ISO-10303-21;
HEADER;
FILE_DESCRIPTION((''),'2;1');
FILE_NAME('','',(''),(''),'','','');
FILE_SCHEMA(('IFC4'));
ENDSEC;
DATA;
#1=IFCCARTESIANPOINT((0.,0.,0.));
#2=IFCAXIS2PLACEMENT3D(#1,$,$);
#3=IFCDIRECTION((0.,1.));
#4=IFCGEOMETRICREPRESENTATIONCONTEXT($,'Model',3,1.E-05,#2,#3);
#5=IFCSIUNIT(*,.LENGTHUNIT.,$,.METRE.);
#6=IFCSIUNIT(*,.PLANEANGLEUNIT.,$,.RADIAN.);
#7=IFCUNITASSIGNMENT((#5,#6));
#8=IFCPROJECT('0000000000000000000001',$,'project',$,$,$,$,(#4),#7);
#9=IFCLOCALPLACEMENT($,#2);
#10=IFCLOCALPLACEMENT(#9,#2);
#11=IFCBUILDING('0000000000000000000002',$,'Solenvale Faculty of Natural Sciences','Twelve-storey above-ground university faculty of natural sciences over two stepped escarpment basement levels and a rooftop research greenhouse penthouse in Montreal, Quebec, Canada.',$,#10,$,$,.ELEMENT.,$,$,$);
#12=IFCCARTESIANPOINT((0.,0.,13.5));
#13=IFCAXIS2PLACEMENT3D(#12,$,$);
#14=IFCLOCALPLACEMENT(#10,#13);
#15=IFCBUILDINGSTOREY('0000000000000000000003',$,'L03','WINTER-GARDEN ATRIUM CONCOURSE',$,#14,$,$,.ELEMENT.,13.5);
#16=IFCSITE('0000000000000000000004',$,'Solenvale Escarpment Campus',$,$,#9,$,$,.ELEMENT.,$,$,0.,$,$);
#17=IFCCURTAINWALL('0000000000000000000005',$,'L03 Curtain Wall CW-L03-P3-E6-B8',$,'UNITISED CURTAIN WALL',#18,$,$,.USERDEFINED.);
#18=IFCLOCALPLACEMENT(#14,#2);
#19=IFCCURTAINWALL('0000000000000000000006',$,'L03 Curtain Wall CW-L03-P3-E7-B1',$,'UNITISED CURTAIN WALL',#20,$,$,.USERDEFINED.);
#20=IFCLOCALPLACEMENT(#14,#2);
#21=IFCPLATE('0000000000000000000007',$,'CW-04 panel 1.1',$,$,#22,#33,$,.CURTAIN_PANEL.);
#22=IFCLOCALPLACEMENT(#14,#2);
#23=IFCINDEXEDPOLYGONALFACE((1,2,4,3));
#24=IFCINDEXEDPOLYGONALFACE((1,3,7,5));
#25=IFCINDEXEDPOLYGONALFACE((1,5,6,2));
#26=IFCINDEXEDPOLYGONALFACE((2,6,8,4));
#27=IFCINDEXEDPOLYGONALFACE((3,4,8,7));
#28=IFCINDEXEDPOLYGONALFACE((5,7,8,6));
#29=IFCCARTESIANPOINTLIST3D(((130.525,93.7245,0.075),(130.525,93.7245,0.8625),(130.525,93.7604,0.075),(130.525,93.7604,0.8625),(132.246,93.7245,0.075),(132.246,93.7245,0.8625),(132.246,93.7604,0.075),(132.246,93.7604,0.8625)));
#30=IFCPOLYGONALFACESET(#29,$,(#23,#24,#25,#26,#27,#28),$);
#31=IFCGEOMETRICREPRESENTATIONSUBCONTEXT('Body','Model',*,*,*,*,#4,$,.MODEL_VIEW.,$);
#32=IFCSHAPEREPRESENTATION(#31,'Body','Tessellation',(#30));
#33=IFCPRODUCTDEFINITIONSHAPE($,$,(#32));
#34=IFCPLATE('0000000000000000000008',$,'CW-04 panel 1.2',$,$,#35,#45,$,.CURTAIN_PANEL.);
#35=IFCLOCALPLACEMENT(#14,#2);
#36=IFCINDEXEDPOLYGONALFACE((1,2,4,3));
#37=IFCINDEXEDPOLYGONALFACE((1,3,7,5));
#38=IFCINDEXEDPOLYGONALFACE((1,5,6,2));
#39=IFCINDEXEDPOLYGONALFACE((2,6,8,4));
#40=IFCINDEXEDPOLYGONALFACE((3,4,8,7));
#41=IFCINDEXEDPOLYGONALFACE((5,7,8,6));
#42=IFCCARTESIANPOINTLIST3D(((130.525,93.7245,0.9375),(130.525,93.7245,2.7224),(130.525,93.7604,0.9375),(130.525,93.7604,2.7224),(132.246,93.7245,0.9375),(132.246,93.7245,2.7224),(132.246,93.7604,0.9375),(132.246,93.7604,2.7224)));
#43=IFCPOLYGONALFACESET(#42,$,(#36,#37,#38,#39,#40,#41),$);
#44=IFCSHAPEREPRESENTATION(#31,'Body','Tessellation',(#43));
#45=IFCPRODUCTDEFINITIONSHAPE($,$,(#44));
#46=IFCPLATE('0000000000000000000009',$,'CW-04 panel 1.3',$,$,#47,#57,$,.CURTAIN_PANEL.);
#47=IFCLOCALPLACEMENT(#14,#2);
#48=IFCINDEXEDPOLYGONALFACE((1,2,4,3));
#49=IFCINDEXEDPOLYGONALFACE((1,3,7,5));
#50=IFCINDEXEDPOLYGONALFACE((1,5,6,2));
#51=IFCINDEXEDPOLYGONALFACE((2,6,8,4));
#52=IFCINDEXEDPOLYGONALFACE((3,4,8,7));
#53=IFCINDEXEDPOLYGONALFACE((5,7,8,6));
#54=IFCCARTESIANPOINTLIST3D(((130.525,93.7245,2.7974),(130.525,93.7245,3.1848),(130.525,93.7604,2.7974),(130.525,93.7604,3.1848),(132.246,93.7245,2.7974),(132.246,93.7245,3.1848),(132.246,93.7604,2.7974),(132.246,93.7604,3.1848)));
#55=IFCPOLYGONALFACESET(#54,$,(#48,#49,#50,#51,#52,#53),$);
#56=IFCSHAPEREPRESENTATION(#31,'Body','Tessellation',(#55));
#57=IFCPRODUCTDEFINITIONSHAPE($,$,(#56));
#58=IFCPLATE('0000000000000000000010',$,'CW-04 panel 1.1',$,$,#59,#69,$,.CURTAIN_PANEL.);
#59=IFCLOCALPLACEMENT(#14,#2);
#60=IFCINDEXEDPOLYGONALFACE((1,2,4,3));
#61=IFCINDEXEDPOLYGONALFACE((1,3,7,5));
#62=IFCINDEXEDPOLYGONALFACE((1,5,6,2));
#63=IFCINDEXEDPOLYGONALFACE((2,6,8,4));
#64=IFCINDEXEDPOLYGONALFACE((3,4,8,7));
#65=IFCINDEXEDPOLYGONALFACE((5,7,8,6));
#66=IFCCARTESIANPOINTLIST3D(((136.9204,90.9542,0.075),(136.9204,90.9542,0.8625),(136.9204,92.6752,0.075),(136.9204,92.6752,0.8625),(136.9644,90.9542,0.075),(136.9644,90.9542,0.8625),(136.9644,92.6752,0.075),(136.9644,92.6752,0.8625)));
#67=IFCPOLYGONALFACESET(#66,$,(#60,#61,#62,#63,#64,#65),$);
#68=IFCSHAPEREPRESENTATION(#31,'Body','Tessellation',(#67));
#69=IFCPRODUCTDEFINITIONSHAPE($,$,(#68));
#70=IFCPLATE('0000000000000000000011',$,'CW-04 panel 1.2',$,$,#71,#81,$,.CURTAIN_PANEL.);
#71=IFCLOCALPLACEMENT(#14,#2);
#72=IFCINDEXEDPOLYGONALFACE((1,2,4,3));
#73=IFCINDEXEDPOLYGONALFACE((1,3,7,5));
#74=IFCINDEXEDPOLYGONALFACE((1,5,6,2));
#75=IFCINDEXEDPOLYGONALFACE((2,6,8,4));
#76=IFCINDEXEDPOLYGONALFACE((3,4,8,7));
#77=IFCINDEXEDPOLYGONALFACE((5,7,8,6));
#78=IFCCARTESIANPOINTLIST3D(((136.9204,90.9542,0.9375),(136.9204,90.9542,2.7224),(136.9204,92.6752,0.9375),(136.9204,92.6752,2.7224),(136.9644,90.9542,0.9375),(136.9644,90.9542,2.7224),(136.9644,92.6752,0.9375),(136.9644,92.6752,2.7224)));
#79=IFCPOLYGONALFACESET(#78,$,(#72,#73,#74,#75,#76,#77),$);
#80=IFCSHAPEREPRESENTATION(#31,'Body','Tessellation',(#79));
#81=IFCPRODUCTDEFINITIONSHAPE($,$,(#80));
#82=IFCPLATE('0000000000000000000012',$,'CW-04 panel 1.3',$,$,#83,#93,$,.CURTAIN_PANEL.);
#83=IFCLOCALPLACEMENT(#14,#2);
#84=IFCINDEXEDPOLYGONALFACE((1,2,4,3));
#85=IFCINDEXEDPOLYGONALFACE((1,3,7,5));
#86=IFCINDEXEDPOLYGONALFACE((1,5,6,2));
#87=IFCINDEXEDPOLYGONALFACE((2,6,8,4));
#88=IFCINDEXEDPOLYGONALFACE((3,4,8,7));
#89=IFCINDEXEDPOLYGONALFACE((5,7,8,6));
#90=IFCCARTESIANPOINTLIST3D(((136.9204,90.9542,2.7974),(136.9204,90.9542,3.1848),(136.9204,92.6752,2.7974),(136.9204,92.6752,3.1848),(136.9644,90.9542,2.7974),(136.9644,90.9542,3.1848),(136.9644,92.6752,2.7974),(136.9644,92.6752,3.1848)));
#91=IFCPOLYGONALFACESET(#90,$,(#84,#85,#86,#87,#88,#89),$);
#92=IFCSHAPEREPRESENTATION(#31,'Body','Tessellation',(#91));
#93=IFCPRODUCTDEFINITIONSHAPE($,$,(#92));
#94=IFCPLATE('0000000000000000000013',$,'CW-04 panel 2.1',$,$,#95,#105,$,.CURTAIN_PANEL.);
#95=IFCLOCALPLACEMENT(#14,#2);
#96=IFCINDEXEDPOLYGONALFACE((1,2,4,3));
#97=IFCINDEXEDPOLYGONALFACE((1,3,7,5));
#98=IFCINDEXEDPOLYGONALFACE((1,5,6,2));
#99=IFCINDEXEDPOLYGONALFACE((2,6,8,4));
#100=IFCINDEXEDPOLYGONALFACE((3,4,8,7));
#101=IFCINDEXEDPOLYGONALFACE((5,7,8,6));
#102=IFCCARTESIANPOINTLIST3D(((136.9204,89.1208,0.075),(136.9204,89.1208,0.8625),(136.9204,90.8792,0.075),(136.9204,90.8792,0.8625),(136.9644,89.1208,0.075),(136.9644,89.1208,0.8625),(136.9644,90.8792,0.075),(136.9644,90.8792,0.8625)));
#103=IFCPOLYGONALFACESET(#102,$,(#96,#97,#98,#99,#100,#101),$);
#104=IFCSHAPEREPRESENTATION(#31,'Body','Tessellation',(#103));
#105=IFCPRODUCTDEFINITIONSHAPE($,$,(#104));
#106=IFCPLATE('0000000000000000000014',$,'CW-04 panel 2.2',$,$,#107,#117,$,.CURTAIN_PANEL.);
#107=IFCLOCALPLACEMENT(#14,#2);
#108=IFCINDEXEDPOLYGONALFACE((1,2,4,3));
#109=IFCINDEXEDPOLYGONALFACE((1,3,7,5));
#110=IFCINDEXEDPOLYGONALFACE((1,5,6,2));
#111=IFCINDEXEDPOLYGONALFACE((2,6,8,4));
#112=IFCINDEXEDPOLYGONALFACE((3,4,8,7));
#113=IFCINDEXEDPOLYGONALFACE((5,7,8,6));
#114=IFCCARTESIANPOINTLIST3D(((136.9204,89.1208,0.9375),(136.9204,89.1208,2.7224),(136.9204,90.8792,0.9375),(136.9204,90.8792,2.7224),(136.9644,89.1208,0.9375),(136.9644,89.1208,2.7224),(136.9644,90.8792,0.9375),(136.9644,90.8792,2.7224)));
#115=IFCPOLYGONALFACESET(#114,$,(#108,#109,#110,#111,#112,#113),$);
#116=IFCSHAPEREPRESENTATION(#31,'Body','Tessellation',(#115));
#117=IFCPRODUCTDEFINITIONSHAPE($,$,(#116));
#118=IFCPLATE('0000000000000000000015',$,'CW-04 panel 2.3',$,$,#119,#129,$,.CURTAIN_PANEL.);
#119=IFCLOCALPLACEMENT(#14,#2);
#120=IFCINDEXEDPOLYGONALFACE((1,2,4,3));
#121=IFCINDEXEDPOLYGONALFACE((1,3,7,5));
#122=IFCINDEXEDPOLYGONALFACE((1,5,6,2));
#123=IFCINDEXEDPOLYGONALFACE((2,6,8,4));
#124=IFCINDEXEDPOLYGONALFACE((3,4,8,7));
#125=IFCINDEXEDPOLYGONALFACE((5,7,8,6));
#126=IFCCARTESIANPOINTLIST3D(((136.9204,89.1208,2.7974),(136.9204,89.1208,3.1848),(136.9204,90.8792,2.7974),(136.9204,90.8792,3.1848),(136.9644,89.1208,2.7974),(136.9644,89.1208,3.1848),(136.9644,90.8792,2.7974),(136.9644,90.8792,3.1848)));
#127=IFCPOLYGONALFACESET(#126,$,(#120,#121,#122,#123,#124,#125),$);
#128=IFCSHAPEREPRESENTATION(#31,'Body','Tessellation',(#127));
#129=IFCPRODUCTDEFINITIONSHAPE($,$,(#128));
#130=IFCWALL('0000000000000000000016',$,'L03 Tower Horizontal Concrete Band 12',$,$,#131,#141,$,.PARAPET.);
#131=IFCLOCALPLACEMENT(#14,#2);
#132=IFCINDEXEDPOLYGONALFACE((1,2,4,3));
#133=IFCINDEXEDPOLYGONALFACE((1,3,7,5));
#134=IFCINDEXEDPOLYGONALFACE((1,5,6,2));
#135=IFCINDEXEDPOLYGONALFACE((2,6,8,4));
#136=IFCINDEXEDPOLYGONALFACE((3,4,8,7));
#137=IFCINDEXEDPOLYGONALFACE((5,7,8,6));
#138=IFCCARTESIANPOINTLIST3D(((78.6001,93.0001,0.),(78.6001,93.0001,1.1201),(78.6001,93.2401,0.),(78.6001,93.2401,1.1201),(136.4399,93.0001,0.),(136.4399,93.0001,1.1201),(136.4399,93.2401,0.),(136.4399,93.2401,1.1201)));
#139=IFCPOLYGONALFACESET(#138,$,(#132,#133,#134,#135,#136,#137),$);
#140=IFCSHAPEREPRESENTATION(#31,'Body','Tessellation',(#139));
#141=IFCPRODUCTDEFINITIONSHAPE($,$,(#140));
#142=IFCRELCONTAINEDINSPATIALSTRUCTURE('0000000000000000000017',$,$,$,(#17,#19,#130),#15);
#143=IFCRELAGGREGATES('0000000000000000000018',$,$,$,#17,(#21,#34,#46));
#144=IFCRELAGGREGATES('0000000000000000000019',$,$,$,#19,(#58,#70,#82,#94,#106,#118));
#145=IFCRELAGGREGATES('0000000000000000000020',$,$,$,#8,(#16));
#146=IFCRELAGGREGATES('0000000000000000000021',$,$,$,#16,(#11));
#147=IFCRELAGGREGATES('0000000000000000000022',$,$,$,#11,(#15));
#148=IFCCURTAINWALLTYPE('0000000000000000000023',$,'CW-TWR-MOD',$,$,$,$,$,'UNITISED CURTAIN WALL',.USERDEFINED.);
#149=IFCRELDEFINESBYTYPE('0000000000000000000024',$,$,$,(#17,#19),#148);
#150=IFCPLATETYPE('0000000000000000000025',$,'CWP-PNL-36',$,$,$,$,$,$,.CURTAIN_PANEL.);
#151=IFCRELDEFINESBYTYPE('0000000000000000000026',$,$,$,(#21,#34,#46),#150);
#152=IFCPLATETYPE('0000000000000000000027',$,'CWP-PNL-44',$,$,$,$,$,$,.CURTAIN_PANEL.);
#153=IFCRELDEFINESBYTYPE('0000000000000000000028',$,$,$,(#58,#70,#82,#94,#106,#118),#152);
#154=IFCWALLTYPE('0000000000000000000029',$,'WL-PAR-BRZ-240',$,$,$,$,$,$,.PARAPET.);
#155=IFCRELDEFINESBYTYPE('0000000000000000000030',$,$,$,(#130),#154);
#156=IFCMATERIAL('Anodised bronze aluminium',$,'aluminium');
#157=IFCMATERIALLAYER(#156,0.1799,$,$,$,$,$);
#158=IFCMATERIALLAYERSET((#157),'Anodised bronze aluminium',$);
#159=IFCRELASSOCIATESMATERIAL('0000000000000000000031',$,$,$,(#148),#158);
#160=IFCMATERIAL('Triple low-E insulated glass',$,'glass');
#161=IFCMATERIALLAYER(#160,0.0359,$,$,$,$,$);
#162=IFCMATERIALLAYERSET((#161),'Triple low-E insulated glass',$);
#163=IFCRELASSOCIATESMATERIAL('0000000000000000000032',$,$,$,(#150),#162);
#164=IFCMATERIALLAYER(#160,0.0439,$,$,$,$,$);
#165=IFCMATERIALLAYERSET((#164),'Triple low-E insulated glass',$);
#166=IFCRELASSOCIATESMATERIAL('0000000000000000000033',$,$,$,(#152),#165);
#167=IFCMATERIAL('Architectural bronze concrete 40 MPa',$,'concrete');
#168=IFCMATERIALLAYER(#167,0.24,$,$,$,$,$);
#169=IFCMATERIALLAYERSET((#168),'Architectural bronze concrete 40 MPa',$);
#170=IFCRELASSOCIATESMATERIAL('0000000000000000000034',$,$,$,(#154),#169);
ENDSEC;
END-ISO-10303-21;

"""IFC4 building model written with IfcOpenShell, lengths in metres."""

from ifc_helpers import new_model, si_unit, direction, frame, frame_2d, origin, origin_2d, place, context, subcontext, project, spatial, rectangle, extrude, material, layer, layer_set, type_object, element, aggregate, save


model = new_model("IFC4")

# Units and contexts
model_context = context("Model", 3, precision=1e-05, world=origin(), true_north=direction((0.0, 1.0)))
body_context = subcontext(model_context, "Body", "Model", "MODEL_VIEW")
ifc_project = project(units=[si_unit("LENGTHUNIT", "METRE"), si_unit("PLANEANGLEUNIT", "RADIAN")], contexts=[model_context])

# Site, building, storey
site_placement = place(None, origin())
site = spatial("IfcSite", under=ifc_project, at=site_placement, Name="Solenvale Escarpment Campus", CompositionType="ELEMENT", RefElevation=0.0)
building_placement = place(site_placement, origin())
building = spatial("IfcBuilding", under=site, at=building_placement, Name="Solenvale Faculty of Natural Sciences", Description="Twelve-storey above-ground university faculty of natural sciences over two stepped escarpment basement levels and a rooftop research greenhouse penthouse in Montreal, Quebec, Canada.", CompositionType="ELEMENT")
storey_placement = place(building_placement, frame((0.0, 0.0, 13.5)))
storey = spatial("IfcBuildingStorey", under=building, at=storey_placement, Name="L03", Description="WINTER-GARDEN ATRIUM CONCOURSE", CompositionType="ELEMENT", Elevation=13.5)

# Curtain wall
ifc_material_1 = material(Name="Anodised bronze aluminium", Category="aluminium")
ifc_layer_1 = layer(ifc_material_1, 0.1799)
ifc_layer_set_1 = layer_set([ifc_layer_1], Name="Anodised bronze aluminium")
curtain_wall_type = type_object("IfcCurtainWallType", Name="CW-TWR-MOD", ElementType="UNITISED CURTAIN WALL", PredefinedType="USERDEFINED", material=ifc_layer_set_1)
curtain_wall_1_placement = place(storey_placement, origin())
curtain_wall_1 = element("IfcCurtainWall", 1, at=curtain_wall_1_placement, inside=storey, type_object=curtain_wall_type, Name="L03 Curtain Wall CW-L03-P3-E6-B8", ObjectType="UNITISED CURTAIN WALL", PredefinedType="USERDEFINED")

# Curtain wall
curtain_wall_2_placement = place(storey_placement, origin())
curtain_wall_2 = element("IfcCurtainWall", 2, at=curtain_wall_2_placement, inside=storey, type_object=curtain_wall_type, Name="L03 Curtain Wall CW-L03-P3-E7-B1", ObjectType="UNITISED CURTAIN WALL", PredefinedType="USERDEFINED")

# Plates
ifc_material_2 = material(Name="Triple low-E insulated glass", Category="glass")
ifc_layer_2 = layer(ifc_material_2, 0.0359)
ifc_layer_set_2 = layer_set([ifc_layer_2], Name="Triple low-E insulated glass")
plate_type_1 = type_object("IfcPlateType", Name="CWP-PNL-36", PredefinedType="CURTAIN_PANEL", material=ifc_layer_set_2)
plate_1_placement = place(storey_placement, frame((131.3855, 93.7424, 0.075), z_axis=(0.0, 0.0, 1.0), x_axis=(1.0, 0.0, 0.0)))
plate_1 = element("IfcPlate", 3, at=plate_1_placement, type_object=plate_type_1, Name="CW-04 panel 1.1", PredefinedType="CURTAIN_PANEL", context=body_context, shape_type="SweptSolid", body=[
    extrude(rectangle(XDim=1.7209, YDim=0.0359, at=origin_2d()), origin(), (0.0, 0.0, 1.0), 0.7876),
])
plate_2_placement = place(storey_placement, frame((131.3855, 93.7424, 0.9375), z_axis=(0.0, 0.0, 1.0), x_axis=(1.0, 0.0, 0.0)))
plate_2 = element("IfcPlate", 4, at=plate_2_placement, type_object=plate_type_1, Name="CW-04 panel 1.2", PredefinedType="CURTAIN_PANEL", context=body_context, shape_type="SweptSolid", body=[
    extrude(rectangle(XDim=1.7209, YDim=0.0359, at=origin_2d()), origin(), (0.0, 0.0, 1.0), 1.7849),
])
plate_3_placement = place(storey_placement, frame((131.3855, 93.7424, 2.7974), z_axis=(0.0, 0.0, 1.0), x_axis=(1.0, 0.0, 0.0)))
plate_3 = element("IfcPlate", 5, at=plate_3_placement, type_object=plate_type_1, Name="CW-04 panel 1.3", PredefinedType="CURTAIN_PANEL", context=body_context, shape_type="SweptSolid", body=[
    extrude(rectangle(XDim=1.7209, YDim=0.0359, at=origin_2d()), origin(), (0.0, 0.0, 1.0), 0.3875),
])
aggregate(curtain_wall_1, [plate_1, plate_2, plate_3])
ifc_layer_3 = layer(ifc_material_2, 0.0439)
ifc_layer_set_3 = layer_set([ifc_layer_3], Name="Triple low-E insulated glass")
plate_type_2 = type_object("IfcPlateType", Name="CWP-PNL-44", PredefinedType="CURTAIN_PANEL", material=ifc_layer_set_3)
plate_4_placement = place(storey_placement, frame((136.9424, 91.8147, 0.075), z_axis=(0.0, 0.0, 1.0), x_axis=(0.0, -1.0, 0.0)))
plate_4 = element("IfcPlate", 6, at=plate_4_placement, type_object=plate_type_2, Name="CW-04 panel 1.1", PredefinedType="CURTAIN_PANEL", context=body_context, shape_type="SweptSolid", body=[
    extrude(rectangle(XDim=1.7209, YDim=0.0439, at=origin_2d()), origin(), (0.0, 0.0, 1.0), 0.7876),
])
plate_5_placement = place(storey_placement, frame((136.9424, 91.8147, 0.9375), z_axis=(0.0, 0.0, 1.0), x_axis=(0.0, -1.0, 0.0)))
plate_5 = element("IfcPlate", 7, at=plate_5_placement, type_object=plate_type_2, Name="CW-04 panel 1.2", PredefinedType="CURTAIN_PANEL", context=body_context, shape_type="SweptSolid", body=[
    extrude(rectangle(XDim=1.7209, YDim=0.0439, at=origin_2d()), origin(), (0.0, 0.0, 1.0), 1.7849),
])
plate_6_placement = place(storey_placement, frame((136.9424, 91.8147, 2.7974), z_axis=(0.0, 0.0, 1.0), x_axis=(0.0, -1.0, 0.0)))
plate_6 = element("IfcPlate", 8, at=plate_6_placement, type_object=plate_type_2, Name="CW-04 panel 1.3", PredefinedType="CURTAIN_PANEL", context=body_context, shape_type="SweptSolid", body=[
    extrude(rectangle(XDim=1.7209, YDim=0.0439, at=origin_2d()), origin(), (0.0, 0.0, 1.0), 0.3875),
])
plate_7_placement = place(storey_placement, frame((136.9424, 90.0, 0.075), z_axis=(0.0, 0.0, 1.0), x_axis=(0.0, -1.0, 0.0)))
plate_7 = element("IfcPlate", 9, at=plate_7_placement, type_object=plate_type_2, Name="CW-04 panel 2.1", PredefinedType="CURTAIN_PANEL", context=body_context, shape_type="SweptSolid", body=[
    extrude(rectangle(XDim=1.7583, YDim=0.0439, at=origin_2d()), origin(), (0.0, 0.0, 1.0), 0.7876),
])
plate_8_placement = place(storey_placement, frame((136.9424, 90.0, 0.9375), z_axis=(0.0, 0.0, 1.0), x_axis=(0.0, -1.0, 0.0)))
plate_8 = element("IfcPlate", 10, at=plate_8_placement, type_object=plate_type_2, Name="CW-04 panel 2.2", PredefinedType="CURTAIN_PANEL", context=body_context, shape_type="SweptSolid", body=[
    extrude(rectangle(XDim=1.7583, YDim=0.0439, at=origin_2d()), origin(), (0.0, 0.0, 1.0), 1.7849),
])
plate_9_placement = place(storey_placement, frame((136.9424, 90.0, 2.7974), z_axis=(0.0, 0.0, 1.0), x_axis=(0.0, -1.0, 0.0)))
plate_9 = element("IfcPlate", 11, at=plate_9_placement, type_object=plate_type_2, Name="CW-04 panel 2.3", PredefinedType="CURTAIN_PANEL", context=body_context, shape_type="SweptSolid", body=[
    extrude(rectangle(XDim=1.7583, YDim=0.0439, at=origin_2d()), origin(), (0.0, 0.0, 1.0), 0.3875),
])
aggregate(curtain_wall_2, [plate_4, plate_5, plate_6, plate_7, plate_8, plate_9])

# Wall
ifc_material_3 = material(Name="Architectural bronze concrete 40 MPa", Category="concrete")
ifc_layer_4 = layer(ifc_material_3, 0.24)
ifc_layer_set_4 = layer_set([ifc_layer_4], Name="Architectural bronze concrete 40 MPa")
wall_type = type_object("IfcWallType", Name="WL-PAR-BRZ-240", PredefinedType="PARAPET", material=ifc_layer_set_4)
wall_placement = place(storey_placement, frame((136.4399, 93.1201, 0.0), z_axis=(0.0, 0.0, 1.0), x_axis=(-1.0, 0.0, 0.0)))
element("IfcWall", 12, at=wall_placement, inside=storey, type_object=wall_type, Name="L03 Tower Horizontal Concrete Band 12", PredefinedType="PARAPET", context=body_context, shape_type="SweptSolid", body=[
    extrude(rectangle(XDim=57.8398, YDim=0.24, at=frame_2d((28.9199, 0.0))), origin(), (0.0, 0.0, 1.0), 1.1201),
])

save(model, "model.ifc")
